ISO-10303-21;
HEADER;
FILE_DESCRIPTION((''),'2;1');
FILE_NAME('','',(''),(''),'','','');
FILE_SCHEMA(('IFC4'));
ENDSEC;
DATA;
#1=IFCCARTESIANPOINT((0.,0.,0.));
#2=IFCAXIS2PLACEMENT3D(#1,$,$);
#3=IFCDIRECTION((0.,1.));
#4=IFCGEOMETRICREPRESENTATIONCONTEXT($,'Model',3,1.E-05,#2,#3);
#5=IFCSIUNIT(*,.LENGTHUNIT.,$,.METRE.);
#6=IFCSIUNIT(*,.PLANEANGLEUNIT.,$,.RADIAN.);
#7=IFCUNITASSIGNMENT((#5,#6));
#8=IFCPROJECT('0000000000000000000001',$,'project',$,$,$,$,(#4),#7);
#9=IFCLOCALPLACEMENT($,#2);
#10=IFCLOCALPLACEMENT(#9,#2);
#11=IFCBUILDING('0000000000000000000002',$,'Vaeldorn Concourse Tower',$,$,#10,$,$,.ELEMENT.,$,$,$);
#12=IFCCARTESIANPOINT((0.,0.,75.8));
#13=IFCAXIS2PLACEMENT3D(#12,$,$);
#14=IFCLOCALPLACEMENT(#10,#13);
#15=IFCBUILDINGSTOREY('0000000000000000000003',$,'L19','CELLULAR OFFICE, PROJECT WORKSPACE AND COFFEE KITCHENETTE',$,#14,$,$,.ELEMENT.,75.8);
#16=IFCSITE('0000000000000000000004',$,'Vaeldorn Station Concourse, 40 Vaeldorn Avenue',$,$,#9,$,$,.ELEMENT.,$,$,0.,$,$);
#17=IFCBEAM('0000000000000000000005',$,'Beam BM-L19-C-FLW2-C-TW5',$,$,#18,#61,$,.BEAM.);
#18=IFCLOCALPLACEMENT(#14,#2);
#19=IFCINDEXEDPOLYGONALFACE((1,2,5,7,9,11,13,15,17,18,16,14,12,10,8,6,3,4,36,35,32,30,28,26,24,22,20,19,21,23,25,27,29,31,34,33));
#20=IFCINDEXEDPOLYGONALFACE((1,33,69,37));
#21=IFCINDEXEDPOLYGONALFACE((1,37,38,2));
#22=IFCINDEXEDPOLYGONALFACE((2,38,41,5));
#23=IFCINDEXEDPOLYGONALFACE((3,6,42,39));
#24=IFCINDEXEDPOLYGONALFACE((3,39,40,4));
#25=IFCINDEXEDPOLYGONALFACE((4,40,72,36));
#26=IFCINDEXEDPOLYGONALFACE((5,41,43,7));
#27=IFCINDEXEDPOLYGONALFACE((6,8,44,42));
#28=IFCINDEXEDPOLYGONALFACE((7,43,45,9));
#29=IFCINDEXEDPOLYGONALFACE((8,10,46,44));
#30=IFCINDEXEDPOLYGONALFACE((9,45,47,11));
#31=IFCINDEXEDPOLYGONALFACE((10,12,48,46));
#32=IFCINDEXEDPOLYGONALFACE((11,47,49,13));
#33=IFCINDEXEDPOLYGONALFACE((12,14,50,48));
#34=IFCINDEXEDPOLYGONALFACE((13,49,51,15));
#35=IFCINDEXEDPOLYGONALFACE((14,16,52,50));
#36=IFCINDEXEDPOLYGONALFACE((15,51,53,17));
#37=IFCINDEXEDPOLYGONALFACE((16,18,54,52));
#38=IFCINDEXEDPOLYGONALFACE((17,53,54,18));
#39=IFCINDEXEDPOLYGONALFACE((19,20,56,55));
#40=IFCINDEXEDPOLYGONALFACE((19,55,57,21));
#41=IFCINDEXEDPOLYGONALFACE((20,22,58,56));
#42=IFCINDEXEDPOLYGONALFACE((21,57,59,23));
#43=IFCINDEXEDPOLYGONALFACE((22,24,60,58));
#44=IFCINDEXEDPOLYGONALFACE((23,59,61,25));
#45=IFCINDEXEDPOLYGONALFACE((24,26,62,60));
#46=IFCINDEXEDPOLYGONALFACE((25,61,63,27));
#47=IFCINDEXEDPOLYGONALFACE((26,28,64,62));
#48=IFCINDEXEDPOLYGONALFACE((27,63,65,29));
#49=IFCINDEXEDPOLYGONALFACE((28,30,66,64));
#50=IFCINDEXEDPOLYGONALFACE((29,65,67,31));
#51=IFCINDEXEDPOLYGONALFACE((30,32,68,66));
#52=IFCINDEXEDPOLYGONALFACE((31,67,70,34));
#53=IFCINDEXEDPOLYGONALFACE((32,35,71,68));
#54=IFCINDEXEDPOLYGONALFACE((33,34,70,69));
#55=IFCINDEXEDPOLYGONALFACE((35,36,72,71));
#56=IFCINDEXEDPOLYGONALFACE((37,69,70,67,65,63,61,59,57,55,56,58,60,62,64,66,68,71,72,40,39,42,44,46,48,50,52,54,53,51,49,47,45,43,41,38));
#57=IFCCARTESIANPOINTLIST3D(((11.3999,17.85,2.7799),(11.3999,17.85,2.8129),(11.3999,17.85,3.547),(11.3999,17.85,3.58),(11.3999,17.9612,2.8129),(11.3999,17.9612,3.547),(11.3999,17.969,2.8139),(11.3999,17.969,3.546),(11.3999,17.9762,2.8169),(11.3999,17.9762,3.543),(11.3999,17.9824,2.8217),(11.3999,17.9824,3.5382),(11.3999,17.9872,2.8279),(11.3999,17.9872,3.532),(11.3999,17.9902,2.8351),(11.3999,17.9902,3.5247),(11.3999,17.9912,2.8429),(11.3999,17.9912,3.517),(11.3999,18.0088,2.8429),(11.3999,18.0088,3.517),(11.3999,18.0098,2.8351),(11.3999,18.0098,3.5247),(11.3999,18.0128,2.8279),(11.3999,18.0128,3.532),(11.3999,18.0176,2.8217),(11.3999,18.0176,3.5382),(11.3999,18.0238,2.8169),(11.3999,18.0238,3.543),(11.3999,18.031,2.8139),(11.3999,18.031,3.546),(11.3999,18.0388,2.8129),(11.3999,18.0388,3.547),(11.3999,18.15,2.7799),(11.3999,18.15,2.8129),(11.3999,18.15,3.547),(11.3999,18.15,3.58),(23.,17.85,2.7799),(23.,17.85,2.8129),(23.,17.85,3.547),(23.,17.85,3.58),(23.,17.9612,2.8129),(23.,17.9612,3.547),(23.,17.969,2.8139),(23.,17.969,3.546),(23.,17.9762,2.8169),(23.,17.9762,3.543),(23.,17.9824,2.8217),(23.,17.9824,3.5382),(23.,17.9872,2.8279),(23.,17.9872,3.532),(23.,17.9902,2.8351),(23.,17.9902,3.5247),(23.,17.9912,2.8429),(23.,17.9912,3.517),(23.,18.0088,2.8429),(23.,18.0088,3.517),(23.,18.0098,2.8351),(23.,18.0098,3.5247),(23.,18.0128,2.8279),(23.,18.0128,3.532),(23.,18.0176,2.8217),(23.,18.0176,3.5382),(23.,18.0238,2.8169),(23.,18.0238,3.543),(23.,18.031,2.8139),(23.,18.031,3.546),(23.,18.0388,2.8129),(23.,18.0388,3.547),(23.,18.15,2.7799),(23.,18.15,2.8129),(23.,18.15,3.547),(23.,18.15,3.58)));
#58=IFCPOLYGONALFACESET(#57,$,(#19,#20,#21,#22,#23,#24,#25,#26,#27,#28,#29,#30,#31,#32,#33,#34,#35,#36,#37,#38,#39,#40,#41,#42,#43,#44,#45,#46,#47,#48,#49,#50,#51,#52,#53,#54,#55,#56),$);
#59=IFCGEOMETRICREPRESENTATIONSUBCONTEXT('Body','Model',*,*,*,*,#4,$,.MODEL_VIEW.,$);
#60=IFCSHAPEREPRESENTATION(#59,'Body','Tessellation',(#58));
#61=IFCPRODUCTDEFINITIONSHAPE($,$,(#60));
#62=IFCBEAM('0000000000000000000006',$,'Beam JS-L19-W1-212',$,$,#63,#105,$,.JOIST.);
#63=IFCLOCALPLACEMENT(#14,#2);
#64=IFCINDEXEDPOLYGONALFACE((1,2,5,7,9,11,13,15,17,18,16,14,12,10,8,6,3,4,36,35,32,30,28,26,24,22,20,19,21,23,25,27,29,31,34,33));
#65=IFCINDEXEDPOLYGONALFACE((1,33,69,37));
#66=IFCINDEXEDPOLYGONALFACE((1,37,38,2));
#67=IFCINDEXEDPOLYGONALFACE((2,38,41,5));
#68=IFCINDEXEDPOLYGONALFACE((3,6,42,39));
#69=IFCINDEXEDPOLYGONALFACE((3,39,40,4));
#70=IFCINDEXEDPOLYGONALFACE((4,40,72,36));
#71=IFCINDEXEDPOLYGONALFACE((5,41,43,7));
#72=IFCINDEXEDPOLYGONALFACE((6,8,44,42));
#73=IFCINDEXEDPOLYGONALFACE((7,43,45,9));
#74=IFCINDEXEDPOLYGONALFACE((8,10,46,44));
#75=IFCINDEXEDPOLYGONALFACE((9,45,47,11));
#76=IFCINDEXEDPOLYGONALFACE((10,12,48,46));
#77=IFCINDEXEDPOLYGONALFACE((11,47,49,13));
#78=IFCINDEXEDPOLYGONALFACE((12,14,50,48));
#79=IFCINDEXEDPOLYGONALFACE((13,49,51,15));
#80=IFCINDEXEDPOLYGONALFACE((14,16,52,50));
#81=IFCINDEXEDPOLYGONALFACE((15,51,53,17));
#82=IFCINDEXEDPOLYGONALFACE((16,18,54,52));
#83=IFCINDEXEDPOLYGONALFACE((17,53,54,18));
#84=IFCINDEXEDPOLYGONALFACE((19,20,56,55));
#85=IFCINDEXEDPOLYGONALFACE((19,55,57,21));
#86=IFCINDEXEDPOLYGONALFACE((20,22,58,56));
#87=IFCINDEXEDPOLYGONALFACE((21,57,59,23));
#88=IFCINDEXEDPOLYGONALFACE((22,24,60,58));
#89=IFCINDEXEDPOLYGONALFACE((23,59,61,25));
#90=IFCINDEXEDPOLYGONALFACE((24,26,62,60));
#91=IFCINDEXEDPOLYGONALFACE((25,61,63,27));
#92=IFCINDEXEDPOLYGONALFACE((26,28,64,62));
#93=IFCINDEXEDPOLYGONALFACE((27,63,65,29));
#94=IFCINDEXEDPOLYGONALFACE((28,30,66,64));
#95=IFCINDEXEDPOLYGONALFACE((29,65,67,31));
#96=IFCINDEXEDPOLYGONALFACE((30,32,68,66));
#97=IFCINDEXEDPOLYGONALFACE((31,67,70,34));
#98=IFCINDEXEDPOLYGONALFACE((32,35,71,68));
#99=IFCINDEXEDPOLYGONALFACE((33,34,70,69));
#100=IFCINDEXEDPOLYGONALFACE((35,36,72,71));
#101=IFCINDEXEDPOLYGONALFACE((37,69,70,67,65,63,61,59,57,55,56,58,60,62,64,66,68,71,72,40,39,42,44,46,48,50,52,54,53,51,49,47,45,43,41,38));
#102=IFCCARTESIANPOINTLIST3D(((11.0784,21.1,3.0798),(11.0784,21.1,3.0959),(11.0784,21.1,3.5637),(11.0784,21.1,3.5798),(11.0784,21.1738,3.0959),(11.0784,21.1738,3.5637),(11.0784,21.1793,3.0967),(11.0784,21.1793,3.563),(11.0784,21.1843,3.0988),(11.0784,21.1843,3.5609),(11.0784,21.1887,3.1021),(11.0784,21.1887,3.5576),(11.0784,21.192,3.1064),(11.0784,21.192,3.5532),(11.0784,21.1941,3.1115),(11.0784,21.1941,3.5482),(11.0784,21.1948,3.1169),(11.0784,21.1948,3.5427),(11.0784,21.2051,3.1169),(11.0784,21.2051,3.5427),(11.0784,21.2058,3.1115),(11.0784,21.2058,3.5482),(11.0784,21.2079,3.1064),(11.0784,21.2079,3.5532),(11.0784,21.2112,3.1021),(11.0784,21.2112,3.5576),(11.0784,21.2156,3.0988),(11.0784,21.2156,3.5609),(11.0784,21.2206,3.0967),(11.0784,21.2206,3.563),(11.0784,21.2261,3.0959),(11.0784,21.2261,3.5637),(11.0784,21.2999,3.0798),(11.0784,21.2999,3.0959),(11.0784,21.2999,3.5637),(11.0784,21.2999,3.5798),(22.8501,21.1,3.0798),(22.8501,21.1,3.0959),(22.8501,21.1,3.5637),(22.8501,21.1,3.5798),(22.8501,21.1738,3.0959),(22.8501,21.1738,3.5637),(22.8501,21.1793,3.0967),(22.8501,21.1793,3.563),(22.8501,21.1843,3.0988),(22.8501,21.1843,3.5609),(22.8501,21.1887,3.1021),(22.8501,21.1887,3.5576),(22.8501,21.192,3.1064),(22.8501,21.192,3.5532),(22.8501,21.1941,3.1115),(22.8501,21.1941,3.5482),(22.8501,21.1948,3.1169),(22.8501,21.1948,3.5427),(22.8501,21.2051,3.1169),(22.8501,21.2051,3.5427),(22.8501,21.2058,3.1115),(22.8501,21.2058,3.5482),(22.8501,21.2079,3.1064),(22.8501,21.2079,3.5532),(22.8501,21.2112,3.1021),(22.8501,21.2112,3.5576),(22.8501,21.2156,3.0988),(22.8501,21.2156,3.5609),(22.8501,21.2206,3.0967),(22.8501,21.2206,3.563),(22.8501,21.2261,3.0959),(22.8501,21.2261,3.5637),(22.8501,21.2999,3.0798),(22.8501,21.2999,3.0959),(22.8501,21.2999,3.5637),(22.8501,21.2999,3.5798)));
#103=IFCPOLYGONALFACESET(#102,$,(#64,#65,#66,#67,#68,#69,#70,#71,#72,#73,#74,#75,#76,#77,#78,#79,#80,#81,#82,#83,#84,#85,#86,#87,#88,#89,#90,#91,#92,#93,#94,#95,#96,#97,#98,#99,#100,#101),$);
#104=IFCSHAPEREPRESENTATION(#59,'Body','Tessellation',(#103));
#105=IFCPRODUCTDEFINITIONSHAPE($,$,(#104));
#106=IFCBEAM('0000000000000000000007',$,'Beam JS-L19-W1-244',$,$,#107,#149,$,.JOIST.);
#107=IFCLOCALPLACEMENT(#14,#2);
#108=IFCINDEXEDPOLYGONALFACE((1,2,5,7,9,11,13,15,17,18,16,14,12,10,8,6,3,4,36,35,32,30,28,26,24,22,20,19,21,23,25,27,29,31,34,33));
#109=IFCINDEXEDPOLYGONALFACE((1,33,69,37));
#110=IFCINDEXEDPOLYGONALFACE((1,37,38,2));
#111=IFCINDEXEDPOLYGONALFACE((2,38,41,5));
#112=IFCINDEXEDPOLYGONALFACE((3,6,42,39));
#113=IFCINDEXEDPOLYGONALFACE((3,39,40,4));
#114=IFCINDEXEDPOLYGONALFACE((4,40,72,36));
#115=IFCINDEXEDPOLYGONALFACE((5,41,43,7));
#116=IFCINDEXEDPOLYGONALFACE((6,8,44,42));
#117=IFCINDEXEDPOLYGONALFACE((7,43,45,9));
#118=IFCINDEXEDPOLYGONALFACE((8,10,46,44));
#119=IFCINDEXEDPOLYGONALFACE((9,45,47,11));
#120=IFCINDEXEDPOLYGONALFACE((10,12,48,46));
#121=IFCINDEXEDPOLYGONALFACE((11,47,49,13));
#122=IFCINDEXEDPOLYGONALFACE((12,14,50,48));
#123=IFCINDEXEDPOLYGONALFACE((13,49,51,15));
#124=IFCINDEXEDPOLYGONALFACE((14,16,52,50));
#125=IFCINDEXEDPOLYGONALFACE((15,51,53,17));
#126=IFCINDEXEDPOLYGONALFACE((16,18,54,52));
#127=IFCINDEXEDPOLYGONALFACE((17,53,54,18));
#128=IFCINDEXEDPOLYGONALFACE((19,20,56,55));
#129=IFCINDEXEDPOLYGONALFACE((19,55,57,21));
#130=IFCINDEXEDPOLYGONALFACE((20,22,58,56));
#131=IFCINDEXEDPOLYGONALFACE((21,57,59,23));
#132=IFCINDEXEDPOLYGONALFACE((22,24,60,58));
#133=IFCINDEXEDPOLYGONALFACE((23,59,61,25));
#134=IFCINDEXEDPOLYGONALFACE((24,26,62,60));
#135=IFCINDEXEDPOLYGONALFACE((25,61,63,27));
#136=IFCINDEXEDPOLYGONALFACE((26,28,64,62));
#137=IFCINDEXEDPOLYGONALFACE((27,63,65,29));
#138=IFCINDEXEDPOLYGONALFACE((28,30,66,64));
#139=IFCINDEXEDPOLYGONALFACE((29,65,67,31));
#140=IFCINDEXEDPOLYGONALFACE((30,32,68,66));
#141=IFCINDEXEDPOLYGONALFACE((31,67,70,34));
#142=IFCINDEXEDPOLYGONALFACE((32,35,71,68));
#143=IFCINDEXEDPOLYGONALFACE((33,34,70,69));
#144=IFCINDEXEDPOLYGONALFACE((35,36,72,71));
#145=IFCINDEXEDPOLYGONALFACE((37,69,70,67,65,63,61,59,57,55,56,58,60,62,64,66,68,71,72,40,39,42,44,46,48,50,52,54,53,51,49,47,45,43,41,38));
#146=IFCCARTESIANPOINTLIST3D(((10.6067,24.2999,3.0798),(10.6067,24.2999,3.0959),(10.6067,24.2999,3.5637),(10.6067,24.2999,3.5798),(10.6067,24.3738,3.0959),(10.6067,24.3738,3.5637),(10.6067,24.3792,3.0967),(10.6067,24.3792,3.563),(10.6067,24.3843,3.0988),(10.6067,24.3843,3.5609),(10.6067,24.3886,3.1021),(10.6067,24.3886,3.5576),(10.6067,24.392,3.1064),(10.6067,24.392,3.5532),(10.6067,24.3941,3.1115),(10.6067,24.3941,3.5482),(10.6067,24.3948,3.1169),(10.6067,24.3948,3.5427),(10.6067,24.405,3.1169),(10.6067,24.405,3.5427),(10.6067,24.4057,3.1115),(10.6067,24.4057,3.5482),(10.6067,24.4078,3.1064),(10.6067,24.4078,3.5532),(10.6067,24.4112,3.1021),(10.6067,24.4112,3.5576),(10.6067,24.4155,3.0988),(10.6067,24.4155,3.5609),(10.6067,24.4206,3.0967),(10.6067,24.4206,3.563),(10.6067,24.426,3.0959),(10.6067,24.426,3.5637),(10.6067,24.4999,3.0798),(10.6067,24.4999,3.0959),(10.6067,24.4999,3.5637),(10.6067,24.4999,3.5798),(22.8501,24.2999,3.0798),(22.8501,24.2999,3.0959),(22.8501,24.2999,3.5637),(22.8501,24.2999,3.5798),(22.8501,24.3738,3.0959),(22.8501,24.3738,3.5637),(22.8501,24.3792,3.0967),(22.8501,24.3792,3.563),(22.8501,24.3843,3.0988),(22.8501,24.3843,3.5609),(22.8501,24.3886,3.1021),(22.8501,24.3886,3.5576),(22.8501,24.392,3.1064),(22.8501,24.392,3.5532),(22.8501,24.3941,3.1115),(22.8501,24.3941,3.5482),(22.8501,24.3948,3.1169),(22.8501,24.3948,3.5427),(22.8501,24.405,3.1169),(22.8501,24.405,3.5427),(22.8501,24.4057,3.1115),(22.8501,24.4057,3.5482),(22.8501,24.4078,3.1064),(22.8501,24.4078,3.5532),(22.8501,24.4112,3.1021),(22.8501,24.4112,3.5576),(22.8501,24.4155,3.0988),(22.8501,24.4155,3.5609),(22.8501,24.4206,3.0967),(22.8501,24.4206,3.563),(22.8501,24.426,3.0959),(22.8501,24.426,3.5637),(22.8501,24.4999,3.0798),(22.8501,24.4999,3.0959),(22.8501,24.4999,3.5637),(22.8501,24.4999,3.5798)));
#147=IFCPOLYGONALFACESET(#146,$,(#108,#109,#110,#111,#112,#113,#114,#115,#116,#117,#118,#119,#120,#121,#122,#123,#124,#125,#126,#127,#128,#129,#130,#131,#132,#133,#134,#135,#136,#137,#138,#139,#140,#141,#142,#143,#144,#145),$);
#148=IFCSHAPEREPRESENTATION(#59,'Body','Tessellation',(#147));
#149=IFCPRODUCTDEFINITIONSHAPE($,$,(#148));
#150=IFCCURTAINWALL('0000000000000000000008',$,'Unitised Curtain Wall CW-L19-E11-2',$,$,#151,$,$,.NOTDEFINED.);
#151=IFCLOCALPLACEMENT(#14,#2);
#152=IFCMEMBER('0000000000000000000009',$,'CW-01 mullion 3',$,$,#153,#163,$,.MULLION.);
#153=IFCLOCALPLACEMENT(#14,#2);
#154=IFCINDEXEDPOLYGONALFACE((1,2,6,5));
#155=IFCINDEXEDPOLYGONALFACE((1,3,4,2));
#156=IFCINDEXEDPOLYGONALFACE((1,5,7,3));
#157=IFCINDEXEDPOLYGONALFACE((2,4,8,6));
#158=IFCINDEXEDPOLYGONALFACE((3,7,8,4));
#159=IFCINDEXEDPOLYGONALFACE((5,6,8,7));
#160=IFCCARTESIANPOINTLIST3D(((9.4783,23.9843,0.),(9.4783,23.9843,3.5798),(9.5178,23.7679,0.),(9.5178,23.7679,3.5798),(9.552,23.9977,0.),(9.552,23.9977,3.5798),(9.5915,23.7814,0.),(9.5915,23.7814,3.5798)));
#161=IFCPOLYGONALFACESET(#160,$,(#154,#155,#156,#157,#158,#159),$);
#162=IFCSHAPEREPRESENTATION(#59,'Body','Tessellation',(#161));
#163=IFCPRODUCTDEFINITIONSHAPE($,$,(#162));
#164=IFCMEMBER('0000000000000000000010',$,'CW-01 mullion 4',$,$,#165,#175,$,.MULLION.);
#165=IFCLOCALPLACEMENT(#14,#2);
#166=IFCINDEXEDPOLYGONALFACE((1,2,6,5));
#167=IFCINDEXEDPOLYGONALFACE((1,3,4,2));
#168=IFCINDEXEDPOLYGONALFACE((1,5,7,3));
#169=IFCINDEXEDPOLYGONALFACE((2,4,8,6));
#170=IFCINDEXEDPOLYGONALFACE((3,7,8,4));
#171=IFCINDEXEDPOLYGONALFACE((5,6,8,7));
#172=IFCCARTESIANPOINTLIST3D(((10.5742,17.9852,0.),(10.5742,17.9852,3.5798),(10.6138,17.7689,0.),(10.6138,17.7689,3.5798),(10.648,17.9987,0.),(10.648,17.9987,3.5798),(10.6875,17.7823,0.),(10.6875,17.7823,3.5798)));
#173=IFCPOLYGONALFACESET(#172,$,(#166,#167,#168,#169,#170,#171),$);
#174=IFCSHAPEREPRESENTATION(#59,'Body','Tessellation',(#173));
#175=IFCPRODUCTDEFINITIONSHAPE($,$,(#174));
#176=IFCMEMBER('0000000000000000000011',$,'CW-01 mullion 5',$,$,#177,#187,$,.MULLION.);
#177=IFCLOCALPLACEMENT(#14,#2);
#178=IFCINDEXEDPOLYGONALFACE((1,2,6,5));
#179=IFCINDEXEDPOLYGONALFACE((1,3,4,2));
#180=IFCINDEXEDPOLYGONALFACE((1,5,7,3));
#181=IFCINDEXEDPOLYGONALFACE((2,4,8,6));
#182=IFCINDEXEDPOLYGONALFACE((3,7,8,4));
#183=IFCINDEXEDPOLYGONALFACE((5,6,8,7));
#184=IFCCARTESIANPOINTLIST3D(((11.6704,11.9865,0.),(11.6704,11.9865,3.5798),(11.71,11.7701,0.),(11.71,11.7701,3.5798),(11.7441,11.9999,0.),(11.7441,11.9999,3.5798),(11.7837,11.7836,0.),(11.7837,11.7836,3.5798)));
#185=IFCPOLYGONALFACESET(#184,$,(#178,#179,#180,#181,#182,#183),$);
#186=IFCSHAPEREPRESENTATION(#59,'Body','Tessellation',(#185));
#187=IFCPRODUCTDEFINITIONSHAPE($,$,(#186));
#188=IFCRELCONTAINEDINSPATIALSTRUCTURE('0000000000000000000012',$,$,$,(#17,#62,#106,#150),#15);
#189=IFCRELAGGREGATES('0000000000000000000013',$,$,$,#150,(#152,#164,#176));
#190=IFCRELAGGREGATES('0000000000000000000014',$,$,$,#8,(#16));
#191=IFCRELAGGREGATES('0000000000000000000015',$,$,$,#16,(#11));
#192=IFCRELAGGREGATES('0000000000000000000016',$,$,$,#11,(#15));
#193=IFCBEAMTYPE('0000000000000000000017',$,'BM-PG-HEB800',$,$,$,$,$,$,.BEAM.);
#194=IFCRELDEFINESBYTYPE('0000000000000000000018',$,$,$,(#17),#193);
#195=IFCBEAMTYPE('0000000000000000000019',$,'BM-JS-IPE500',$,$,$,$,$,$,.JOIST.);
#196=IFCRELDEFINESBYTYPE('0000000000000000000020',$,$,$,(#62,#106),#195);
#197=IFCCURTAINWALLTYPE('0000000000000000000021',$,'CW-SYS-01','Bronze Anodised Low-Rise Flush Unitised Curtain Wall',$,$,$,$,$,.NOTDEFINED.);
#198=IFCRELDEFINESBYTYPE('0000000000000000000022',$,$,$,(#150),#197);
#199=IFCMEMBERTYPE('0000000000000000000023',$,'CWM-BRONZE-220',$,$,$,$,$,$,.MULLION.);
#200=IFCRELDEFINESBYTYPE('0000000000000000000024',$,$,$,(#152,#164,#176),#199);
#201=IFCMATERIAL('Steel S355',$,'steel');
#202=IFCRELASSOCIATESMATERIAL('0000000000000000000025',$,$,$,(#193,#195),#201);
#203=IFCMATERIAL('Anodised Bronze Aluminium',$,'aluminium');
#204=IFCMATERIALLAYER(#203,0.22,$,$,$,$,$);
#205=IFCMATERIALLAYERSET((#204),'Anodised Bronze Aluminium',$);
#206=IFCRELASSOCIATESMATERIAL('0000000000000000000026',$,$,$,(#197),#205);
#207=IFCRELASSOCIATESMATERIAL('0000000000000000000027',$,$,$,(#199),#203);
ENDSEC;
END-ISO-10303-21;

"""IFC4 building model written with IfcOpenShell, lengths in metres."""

from ifc_helpers import new_model, si_unit, direction, frame, origin, origin_2d, place, context, subcontext, project, spatial, rectangle, i_section, extrude, source, transform, mapped, material, layer, layer_set, material_profile, profile_set, type_object, element, aggregate, save


model = new_model("IFC4")

# Units and contexts
model_context = context("Model", 3, precision=1e-05, world=origin(), true_north=direction((0.0, 1.0)))
body_context = subcontext(model_context, "Body", "Model", "MODEL_VIEW")
ifc_project = project(units=[si_unit("LENGTHUNIT", "METRE"), si_unit("PLANEANGLEUNIT", "RADIAN")], contexts=[model_context])

# Site, building, storey
site_placement = place(None, origin())
site = spatial("IfcSite", under=ifc_project, at=site_placement, Name="Vaeldorn Station Concourse, 40 Vaeldorn Avenue", CompositionType="ELEMENT", RefElevation=0.0)
building_placement = place(site_placement, origin())
building = spatial("IfcBuilding", under=site, at=building_placement, Name="Vaeldorn Concourse Tower", CompositionType="ELEMENT")
storey_placement = place(building_placement, frame((0.0, 0.0, 75.8)))
storey = spatial("IfcBuildingStorey", under=building, at=storey_placement, Name="L19", Description="CELLULAR OFFICE, PROJECT WORKSPACE AND COFFEE KITCHENETTE", CompositionType="ELEMENT", Elevation=75.8)

# Beams
ifc_material_1 = material(Name="Steel S355", Category="steel")
ifc_material_profile_1 = material_profile(ifc_material_1, i_section(OverallWidth=0.3, OverallDepth=0.8, WebThickness=0.0176, FlangeThickness=0.033, FilletRadius=0.03, at=origin_2d()), Name="HEB 800")
ifc_profile_set_1 = profile_set([ifc_material_profile_1], Name="Steel S355")
beam_type_1 = type_object("IfcBeamType", Name="BM-PG-HEB800", PredefinedType="BEAM", material=ifc_profile_set_1)
shared_shape_1 = source(origin(), body_context, "Body", "SweptSolid", [
    extrude(i_section(OverallWidth=0.3, OverallDepth=0.8, WebThickness=0.0176, FlangeThickness=0.033, FilletRadius=0.03, at=origin_2d()), origin(), (0.0, 0.0, 1.0), 11.6001),
])
beam_1_placement = place(storey_placement, frame((11.3999, 18.0, 3.1799), z_axis=(1.0, 0.0, 0.0), x_axis=(0.0, 1.0, 0.0)))
element("IfcBeam", 1, at=beam_1_placement, inside=storey, type_object=beam_type_1, Name="Beam BM-L19-C-FLW2-C-TW5", PredefinedType="BEAM", context=body_context, shape_type="MappedRepresentation", body=[
    mapped(shared_shape_1, transform((0.0, 0.0, 0.0), scale=1.0)),
])
ifc_material_profile_2 = material_profile(ifc_material_1, i_section(OverallWidth=0.2, OverallDepth=0.5, WebThickness=0.0103, FlangeThickness=0.0161, FilletRadius=0.021, at=origin_2d()), Name="IPE 500")
ifc_profile_set_2 = profile_set([ifc_material_profile_2], Name="Steel S355")
beam_type_2 = type_object("IfcBeamType", Name="BM-JS-IPE500", PredefinedType="JOIST", material=ifc_profile_set_2)
shared_shape_2 = source(origin(), body_context, "Body", "SweptSolid", [
    extrude(i_section(OverallWidth=0.2, OverallDepth=0.5, WebThickness=0.0103, FlangeThickness=0.0161, FilletRadius=0.021, at=origin_2d()), origin(), (0.0, 0.0, 1.0), 11.7717),
])
beam_2_placement = place(storey_placement, frame((11.0784, 21.2, 3.3298), z_axis=(1.0, 0.0, 0.0), x_axis=(0.0, 1.0, 0.0)))
element("IfcBeam", 2, at=beam_2_placement, inside=storey, type_object=beam_type_2, Name="Beam JS-L19-W1-212", PredefinedType="JOIST", context=body_context, shape_type="MappedRepresentation", body=[
    mapped(shared_shape_2, transform((0.0, 0.0, 0.0), scale=1.0)),
])
shared_shape_3 = source(origin(), body_context, "Body", "SweptSolid", [
    extrude(i_section(OverallWidth=0.2, OverallDepth=0.5, WebThickness=0.0103, FlangeThickness=0.0161, FilletRadius=0.021, at=origin_2d()), origin(), (0.0, 0.0, 1.0), 12.2434),
])
beam_3_placement = place(storey_placement, frame((10.6067, 24.3999, 3.3298), z_axis=(1.0, 0.0, 0.0), x_axis=(0.0, 1.0, 0.0)))
element("IfcBeam", 3, at=beam_3_placement, inside=storey, type_object=beam_type_2, Name="Beam JS-L19-W1-244", PredefinedType="JOIST", context=body_context, shape_type="MappedRepresentation", body=[
    mapped(shared_shape_3, transform((0.0, 0.0, 0.0), scale=1.0)),
])

# Curtain wall, members
ifc_material_2 = material(Name="Anodised Bronze Aluminium", Category="aluminium")
ifc_layer_1 = layer(ifc_material_2, 0.22)
ifc_layer_set_1 = layer_set([ifc_layer_1], Name="Anodised Bronze Aluminium")
curtain_wall_type = type_object("IfcCurtainWallType", Name="CW-SYS-01", Description="Bronze Anodised Low-Rise Flush Unitised Curtain Wall", PredefinedType="NOTDEFINED", material=ifc_layer_set_1)
curtain_wall_placement = place(storey_placement, origin())
curtain_wall = element("IfcCurtainWall", 4, at=curtain_wall_placement, inside=storey, type_object=curtain_wall_type, Name="Unitised Curtain Wall CW-L19-E11-2", PredefinedType="NOTDEFINED")
ifc_material_profile_3 = material_profile(ifc_material_2, rectangle(XDim=0.075, YDim=0.22, at=origin_2d()), Name="CWM 75x220")
ifc_profile_set_3 = profile_set([ifc_material_profile_3], Name="Anodised Bronze Aluminium")
member_type_1 = type_object("IfcMemberType", Name="CWM-BRONZE-220", PredefinedType="MULLION", material=ifc_profile_set_3)
shared_shape_4 = source(origin(), body_context, "Body", "SweptSolid", [
    extrude(rectangle(XDim=0.075, YDim=0.22, at=origin_2d()), origin(), (0.0, 0.0, 1.0), 3.5798),
])
member_1_placement = place(storey_placement, frame((9.5349, 23.8828, 0.0), z_axis=(0.0, 0.0, 1.0), x_axis=(0.983712, 0.179751, 0.0)))
member_1 = element("IfcMember", 5, at=member_1_placement, type_object=member_type_1, Name="CW-01 mullion 3", PredefinedType="MULLION", context=body_context, shape_type="MappedRepresentation", body=[
    mapped(shared_shape_4, transform((0.0, 0.0, 0.0), scale=1.0)),
])
member_2_placement = place(storey_placement, frame((10.6309, 17.8838, 0.0), z_axis=(0.0, 0.0, 1.0), x_axis=(0.983712, 0.179751, 0.0)))
member_2 = element("IfcMember", 6, at=member_2_placement, type_object=member_type_1, Name="CW-01 mullion 4", PredefinedType="MULLION", context=body_context, shape_type="MappedRepresentation", body=[
    mapped(shared_shape_4, transform((0.0, 0.0, 0.0), scale=1.0)),
])
member_3_placement = place(storey_placement, frame((11.7271, 11.885, 0.0), z_axis=(0.0, 0.0, 1.0), x_axis=(0.983712, 0.179751, 0.0)))
member_3 = element("IfcMember", 7, at=member_3_placement, type_object=member_type_1, Name="CW-01 mullion 5", PredefinedType="MULLION", context=body_context, shape_type="MappedRepresentation", body=[
    mapped(shared_shape_4, transform((0.0, 0.0, 0.0), scale=1.0)),
])
aggregate(curtain_wall, [member_1, member_2, member_3])

save(model, "model.ifc")
